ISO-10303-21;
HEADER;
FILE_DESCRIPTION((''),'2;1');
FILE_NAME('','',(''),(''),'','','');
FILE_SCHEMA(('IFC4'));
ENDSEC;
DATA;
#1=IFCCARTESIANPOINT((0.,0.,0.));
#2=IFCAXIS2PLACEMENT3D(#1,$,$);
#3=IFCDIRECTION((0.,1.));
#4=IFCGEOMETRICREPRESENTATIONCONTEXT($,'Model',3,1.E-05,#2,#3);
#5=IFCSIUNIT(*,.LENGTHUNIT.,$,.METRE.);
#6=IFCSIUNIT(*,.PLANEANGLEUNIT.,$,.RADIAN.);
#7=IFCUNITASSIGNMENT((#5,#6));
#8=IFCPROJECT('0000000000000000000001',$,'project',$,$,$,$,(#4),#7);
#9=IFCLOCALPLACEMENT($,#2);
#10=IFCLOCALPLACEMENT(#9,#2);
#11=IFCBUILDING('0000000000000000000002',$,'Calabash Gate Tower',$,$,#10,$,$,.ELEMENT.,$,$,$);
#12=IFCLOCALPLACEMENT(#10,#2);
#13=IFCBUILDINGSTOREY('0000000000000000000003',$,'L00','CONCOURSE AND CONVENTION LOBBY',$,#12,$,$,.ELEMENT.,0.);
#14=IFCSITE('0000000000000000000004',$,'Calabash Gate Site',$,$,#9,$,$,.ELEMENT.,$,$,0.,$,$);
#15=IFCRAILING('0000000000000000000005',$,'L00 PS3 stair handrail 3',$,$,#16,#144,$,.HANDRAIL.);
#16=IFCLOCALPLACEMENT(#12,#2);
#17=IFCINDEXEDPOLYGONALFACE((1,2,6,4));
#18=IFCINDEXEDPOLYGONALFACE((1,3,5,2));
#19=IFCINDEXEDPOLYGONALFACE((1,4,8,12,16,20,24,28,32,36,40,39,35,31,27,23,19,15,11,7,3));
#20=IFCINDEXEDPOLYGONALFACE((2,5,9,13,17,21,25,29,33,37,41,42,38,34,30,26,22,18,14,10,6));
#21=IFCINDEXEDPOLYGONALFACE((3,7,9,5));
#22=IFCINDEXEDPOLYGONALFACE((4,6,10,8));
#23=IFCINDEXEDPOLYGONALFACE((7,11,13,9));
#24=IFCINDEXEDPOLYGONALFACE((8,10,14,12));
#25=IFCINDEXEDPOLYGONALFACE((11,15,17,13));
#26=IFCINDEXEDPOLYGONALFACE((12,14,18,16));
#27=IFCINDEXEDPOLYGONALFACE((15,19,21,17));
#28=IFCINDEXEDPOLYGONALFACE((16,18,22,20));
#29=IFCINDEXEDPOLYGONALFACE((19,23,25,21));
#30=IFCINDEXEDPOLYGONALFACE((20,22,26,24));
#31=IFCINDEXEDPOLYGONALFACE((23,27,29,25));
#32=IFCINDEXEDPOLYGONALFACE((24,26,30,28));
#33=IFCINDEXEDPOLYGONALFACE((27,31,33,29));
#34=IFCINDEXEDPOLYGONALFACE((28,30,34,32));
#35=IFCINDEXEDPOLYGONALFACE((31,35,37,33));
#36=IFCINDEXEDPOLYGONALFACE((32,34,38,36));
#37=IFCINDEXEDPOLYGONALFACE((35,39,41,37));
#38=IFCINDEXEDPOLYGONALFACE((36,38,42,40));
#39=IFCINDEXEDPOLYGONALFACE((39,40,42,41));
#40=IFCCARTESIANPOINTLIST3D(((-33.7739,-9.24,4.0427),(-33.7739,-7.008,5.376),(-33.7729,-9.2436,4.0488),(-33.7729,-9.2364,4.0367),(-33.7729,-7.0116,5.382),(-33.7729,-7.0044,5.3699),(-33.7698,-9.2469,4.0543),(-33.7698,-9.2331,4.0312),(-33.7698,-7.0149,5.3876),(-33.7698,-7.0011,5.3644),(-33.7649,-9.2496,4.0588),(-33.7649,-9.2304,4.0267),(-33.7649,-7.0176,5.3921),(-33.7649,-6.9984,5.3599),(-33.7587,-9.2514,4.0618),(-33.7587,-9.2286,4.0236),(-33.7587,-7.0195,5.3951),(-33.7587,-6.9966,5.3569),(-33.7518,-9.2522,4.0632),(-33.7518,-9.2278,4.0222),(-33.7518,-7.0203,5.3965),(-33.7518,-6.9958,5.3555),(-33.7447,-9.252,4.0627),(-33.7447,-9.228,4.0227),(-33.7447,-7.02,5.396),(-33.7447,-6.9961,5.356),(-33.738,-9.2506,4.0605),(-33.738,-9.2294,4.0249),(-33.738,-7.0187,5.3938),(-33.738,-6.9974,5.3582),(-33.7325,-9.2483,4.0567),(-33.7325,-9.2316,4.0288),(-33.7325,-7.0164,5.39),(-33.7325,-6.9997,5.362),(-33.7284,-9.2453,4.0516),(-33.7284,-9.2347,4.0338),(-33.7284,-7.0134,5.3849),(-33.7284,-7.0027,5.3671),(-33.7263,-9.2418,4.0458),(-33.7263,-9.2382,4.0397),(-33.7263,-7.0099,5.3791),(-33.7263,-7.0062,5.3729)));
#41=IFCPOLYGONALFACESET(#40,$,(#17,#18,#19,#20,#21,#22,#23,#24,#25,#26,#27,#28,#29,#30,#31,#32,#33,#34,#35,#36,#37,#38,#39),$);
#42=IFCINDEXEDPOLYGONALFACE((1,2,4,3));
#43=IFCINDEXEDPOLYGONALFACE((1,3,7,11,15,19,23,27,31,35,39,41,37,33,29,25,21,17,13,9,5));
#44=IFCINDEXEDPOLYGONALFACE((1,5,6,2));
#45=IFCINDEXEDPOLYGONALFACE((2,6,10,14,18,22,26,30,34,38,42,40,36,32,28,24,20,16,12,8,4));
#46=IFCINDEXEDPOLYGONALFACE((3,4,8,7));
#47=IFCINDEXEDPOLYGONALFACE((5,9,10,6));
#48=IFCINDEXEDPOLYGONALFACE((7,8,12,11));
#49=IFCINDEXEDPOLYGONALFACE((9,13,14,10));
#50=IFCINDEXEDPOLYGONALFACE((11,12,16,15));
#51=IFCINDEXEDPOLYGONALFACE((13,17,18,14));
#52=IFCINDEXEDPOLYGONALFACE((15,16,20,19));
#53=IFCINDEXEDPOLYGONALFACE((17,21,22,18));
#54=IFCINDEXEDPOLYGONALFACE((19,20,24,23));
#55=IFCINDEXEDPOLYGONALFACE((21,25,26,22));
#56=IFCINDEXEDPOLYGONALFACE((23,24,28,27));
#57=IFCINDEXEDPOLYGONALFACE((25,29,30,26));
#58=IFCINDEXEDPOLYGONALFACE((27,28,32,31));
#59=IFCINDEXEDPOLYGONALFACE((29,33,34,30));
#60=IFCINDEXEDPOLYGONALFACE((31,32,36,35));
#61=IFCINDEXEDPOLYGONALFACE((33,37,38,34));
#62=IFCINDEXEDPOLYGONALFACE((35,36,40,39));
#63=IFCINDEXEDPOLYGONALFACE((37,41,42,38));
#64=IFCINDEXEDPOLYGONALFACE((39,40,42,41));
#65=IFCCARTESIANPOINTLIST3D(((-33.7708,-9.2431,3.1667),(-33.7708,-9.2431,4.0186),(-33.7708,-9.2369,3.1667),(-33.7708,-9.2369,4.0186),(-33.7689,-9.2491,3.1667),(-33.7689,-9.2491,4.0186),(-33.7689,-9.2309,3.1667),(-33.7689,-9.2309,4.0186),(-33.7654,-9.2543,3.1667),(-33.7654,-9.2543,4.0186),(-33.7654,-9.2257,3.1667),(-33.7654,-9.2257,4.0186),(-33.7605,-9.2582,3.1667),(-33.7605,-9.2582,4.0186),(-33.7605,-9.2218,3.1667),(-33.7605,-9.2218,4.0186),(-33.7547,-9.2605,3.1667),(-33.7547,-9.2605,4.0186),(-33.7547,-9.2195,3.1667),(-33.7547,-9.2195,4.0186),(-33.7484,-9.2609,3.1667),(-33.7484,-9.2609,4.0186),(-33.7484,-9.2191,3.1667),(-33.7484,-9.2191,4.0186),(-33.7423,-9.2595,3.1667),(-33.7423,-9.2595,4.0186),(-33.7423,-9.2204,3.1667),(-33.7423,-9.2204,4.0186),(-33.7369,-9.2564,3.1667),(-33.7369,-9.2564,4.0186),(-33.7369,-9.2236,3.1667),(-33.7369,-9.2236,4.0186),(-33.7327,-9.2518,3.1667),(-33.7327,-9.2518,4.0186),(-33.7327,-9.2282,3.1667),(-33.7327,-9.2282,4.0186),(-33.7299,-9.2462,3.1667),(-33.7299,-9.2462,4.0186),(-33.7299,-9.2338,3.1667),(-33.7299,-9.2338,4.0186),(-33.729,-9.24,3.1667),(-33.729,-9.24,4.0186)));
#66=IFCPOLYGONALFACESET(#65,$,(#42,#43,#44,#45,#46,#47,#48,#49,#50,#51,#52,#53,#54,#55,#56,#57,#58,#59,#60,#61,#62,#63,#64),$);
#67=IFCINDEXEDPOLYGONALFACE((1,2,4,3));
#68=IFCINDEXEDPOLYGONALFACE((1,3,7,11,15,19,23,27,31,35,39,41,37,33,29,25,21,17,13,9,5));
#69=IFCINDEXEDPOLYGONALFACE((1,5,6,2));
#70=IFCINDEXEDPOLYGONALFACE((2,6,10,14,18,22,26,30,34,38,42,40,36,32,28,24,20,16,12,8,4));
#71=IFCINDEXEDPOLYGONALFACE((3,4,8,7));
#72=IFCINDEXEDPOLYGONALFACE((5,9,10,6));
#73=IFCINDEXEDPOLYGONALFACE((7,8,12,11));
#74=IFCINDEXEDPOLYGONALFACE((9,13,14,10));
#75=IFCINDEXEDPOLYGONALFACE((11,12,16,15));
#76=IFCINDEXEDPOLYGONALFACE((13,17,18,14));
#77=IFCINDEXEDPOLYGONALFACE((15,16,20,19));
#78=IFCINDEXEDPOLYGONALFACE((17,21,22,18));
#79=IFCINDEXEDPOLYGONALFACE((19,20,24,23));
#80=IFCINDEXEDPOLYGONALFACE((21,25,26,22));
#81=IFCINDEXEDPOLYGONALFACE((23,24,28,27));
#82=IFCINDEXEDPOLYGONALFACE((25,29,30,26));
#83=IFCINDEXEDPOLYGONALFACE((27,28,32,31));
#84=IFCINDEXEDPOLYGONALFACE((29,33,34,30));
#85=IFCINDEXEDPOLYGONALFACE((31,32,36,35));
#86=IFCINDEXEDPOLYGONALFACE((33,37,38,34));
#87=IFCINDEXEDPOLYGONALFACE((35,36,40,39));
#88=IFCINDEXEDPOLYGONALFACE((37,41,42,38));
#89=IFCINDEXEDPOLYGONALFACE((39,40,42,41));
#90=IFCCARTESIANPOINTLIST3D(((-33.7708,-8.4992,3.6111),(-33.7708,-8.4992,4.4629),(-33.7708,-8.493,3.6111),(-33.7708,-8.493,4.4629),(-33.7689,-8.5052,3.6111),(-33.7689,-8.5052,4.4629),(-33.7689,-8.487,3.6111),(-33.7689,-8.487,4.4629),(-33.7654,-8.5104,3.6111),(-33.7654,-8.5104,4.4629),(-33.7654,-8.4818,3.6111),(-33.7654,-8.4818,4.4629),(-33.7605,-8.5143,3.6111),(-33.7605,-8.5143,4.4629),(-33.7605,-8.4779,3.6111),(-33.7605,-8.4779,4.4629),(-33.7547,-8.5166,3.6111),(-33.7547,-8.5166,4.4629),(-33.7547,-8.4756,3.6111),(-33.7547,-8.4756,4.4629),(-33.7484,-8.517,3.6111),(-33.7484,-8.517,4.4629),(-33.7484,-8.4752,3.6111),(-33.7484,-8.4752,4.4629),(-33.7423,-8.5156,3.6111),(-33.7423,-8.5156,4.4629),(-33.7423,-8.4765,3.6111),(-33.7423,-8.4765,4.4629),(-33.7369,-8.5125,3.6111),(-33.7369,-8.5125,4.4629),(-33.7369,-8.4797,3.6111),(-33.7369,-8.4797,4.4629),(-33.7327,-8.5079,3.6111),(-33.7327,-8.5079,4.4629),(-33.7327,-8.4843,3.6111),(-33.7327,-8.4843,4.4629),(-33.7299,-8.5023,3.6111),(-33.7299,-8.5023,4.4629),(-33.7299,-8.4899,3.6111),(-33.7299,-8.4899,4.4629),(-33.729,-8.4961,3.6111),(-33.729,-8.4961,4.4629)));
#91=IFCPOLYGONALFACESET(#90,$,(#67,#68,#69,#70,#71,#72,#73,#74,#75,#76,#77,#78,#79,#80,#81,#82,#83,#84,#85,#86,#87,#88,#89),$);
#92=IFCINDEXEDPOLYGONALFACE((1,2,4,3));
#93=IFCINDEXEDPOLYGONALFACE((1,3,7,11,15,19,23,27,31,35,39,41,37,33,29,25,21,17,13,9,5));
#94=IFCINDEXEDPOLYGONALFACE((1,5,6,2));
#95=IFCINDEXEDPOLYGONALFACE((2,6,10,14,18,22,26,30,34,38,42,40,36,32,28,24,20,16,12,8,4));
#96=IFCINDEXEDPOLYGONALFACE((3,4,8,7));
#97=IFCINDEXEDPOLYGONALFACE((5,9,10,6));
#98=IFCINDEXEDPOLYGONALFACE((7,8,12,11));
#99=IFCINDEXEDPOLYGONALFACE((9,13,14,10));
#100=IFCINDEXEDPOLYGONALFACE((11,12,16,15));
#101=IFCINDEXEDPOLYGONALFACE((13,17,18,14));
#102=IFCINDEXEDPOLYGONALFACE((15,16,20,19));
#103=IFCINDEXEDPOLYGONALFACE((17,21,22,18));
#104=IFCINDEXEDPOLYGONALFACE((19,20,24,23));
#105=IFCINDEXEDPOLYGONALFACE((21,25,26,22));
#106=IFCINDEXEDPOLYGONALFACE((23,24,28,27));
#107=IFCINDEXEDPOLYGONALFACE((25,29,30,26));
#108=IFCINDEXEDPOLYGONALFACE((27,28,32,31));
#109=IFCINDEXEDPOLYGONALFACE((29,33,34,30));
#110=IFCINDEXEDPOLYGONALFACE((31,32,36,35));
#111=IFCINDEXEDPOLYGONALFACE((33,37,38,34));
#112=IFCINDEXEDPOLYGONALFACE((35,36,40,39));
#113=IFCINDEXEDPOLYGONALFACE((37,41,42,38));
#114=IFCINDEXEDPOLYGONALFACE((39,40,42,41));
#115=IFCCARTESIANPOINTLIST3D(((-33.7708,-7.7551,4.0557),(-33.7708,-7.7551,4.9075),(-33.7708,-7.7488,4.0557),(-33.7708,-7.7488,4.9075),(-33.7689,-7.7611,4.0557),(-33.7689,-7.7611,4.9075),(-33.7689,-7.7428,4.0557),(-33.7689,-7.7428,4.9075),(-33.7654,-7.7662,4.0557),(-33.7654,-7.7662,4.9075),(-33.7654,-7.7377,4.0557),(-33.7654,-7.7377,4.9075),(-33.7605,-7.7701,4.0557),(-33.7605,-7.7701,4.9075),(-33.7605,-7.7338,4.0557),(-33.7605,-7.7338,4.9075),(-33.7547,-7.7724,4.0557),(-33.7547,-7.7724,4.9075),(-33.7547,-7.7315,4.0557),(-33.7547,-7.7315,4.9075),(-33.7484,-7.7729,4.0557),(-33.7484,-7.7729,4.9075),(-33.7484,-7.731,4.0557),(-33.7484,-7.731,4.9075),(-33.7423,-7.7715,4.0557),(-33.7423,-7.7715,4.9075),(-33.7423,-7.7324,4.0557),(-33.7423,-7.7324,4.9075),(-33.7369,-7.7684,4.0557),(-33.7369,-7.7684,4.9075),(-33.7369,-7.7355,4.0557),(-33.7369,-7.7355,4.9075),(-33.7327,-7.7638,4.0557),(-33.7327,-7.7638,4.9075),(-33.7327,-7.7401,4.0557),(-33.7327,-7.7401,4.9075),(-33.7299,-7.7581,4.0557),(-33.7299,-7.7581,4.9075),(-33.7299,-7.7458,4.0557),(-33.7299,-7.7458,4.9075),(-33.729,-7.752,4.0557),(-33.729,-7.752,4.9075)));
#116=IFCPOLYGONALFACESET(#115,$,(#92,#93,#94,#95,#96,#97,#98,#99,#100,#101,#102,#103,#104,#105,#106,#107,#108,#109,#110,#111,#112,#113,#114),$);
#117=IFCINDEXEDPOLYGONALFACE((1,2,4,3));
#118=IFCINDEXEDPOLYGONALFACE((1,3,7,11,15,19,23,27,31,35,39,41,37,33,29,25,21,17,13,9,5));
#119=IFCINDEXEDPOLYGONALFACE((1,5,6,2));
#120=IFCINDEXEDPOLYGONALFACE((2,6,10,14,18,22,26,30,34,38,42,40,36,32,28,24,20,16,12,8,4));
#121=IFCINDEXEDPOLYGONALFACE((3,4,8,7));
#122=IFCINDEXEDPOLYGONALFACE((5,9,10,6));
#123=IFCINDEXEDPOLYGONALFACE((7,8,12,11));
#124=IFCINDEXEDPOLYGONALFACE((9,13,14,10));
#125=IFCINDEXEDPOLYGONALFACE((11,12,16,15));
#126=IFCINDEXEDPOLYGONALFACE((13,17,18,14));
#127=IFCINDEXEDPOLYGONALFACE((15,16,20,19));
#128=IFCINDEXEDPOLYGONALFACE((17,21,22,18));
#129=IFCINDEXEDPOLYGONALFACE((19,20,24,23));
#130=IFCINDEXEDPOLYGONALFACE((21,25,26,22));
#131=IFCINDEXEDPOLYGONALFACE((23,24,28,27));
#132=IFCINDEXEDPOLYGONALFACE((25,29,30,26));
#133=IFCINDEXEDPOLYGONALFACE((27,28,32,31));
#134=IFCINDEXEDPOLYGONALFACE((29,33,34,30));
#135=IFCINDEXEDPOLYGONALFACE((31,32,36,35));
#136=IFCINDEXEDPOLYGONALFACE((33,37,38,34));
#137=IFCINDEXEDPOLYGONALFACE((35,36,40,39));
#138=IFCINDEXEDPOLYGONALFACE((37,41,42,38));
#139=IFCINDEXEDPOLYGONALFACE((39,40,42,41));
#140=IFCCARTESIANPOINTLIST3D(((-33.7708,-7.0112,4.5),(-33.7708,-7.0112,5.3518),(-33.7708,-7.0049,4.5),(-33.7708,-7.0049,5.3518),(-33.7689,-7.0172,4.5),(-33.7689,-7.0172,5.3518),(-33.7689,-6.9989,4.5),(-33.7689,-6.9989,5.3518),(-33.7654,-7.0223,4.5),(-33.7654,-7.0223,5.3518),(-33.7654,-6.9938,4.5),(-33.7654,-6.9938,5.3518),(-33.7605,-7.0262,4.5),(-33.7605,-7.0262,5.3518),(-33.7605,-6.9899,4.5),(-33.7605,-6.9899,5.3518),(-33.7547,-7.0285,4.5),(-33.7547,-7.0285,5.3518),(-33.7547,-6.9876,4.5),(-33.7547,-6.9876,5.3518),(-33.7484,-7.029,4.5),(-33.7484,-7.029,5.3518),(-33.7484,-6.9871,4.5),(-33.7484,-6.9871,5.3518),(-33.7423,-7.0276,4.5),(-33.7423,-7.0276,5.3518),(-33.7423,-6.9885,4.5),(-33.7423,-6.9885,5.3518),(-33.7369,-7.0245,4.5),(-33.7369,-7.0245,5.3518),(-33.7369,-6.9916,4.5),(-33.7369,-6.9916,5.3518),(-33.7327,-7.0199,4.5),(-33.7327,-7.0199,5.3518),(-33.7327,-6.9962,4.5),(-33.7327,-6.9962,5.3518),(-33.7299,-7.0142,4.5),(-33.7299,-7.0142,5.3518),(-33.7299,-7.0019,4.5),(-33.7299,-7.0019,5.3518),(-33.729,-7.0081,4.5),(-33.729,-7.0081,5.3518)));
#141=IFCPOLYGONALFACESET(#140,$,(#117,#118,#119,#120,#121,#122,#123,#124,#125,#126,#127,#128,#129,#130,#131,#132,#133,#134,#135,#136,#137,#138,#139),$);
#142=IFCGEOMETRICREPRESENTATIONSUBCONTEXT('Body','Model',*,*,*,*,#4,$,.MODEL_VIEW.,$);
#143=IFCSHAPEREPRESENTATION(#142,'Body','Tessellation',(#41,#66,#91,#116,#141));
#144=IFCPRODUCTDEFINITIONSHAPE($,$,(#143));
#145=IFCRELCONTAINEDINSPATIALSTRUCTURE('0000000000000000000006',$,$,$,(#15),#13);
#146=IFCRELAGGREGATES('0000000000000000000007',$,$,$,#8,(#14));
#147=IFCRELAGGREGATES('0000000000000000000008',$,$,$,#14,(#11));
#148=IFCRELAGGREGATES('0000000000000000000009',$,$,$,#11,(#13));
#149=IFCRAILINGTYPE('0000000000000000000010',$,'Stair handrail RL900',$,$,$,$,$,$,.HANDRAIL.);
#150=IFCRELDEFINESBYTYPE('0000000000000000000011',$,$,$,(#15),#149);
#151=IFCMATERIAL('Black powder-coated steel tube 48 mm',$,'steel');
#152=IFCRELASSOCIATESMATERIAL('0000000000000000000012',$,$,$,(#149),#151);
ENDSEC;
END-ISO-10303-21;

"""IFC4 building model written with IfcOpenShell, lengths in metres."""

from ifc_helpers import new_model, si_unit, direction, frame, origin, origin_2d, place, context, subcontext, project, spatial, circle, extrude, material, type_object, element, save


model = new_model("IFC4")

# Units and contexts
model_context = context("Model", 3, precision=1e-05, world=origin(), true_north=direction((0.0, 1.0)))
body_context = subcontext(model_context, "Body", "Model", "MODEL_VIEW")
ifc_project = project(units=[si_unit("LENGTHUNIT", "METRE"), si_unit("PLANEANGLEUNIT", "RADIAN")], contexts=[model_context])

# Site, building, storey
site_placement = place(None, origin())
site = spatial("IfcSite", under=ifc_project, at=site_placement, Name="Calabash Gate Site", CompositionType="ELEMENT", RefElevation=0.0)
building_placement = place(site_placement, origin())
building = spatial("IfcBuilding", under=site, at=building_placement, Name="Calabash Gate Tower", CompositionType="ELEMENT")
storey_placement = place(building_placement, origin())
storey = spatial("IfcBuildingStorey", under=building, at=storey_placement, Name="L00", Description="CONCOURSE AND CONVENTION LOBBY", CompositionType="ELEMENT", Elevation=0.0)

# Railing
ifc_material_1 = material(Name="Black powder-coated steel tube 48 mm", Category="steel")
railing_type = type_object("IfcRailingType", Name="Stair handrail RL900", PredefinedType="HANDRAIL", material=ifc_material_1)
for number, where, name in (
    (1, (-33.75, -9.24, 3.1667), "L00 PS3 stair handrail 3"),
):
    element("IfcRailing", number, at=place(storey_placement, frame(where)), inside=storey, type_object=railing_type, Name=name, PredefinedType="HANDRAIL", context=body_context, shape_type="SweptSolid", body=[
        extrude(circle(Radius=0.0239, at=origin_2d()), frame((0.0, 0.0, 0.876), z_axis=(0.0, 0.858494, 0.512824), x_axis=(-1.0, 0.0, 0.0)), (0.0, 0.0, 1.0), 2.5999),
        extrude(circle(Radius=0.021, at=origin_2d()), origin(), (0.0, 0.0, 1.0), 0.8518),
        extrude(circle(Radius=0.021, at=origin_2d()), frame((0.0, 0.7439, 0.4443)), (0.0, 0.0, 1.0), 0.8518),
        extrude(circle(Radius=0.021, at=origin_2d()), frame((0.0, 1.488, 0.8889)), (0.0, 0.0, 1.0), 0.8518),
        extrude(circle(Radius=0.021, at=origin_2d()), frame((0.0, 2.2319, 1.3333)), (0.0, 0.0, 1.0), 0.8518),
    ])

save(model, "model.ifc")
